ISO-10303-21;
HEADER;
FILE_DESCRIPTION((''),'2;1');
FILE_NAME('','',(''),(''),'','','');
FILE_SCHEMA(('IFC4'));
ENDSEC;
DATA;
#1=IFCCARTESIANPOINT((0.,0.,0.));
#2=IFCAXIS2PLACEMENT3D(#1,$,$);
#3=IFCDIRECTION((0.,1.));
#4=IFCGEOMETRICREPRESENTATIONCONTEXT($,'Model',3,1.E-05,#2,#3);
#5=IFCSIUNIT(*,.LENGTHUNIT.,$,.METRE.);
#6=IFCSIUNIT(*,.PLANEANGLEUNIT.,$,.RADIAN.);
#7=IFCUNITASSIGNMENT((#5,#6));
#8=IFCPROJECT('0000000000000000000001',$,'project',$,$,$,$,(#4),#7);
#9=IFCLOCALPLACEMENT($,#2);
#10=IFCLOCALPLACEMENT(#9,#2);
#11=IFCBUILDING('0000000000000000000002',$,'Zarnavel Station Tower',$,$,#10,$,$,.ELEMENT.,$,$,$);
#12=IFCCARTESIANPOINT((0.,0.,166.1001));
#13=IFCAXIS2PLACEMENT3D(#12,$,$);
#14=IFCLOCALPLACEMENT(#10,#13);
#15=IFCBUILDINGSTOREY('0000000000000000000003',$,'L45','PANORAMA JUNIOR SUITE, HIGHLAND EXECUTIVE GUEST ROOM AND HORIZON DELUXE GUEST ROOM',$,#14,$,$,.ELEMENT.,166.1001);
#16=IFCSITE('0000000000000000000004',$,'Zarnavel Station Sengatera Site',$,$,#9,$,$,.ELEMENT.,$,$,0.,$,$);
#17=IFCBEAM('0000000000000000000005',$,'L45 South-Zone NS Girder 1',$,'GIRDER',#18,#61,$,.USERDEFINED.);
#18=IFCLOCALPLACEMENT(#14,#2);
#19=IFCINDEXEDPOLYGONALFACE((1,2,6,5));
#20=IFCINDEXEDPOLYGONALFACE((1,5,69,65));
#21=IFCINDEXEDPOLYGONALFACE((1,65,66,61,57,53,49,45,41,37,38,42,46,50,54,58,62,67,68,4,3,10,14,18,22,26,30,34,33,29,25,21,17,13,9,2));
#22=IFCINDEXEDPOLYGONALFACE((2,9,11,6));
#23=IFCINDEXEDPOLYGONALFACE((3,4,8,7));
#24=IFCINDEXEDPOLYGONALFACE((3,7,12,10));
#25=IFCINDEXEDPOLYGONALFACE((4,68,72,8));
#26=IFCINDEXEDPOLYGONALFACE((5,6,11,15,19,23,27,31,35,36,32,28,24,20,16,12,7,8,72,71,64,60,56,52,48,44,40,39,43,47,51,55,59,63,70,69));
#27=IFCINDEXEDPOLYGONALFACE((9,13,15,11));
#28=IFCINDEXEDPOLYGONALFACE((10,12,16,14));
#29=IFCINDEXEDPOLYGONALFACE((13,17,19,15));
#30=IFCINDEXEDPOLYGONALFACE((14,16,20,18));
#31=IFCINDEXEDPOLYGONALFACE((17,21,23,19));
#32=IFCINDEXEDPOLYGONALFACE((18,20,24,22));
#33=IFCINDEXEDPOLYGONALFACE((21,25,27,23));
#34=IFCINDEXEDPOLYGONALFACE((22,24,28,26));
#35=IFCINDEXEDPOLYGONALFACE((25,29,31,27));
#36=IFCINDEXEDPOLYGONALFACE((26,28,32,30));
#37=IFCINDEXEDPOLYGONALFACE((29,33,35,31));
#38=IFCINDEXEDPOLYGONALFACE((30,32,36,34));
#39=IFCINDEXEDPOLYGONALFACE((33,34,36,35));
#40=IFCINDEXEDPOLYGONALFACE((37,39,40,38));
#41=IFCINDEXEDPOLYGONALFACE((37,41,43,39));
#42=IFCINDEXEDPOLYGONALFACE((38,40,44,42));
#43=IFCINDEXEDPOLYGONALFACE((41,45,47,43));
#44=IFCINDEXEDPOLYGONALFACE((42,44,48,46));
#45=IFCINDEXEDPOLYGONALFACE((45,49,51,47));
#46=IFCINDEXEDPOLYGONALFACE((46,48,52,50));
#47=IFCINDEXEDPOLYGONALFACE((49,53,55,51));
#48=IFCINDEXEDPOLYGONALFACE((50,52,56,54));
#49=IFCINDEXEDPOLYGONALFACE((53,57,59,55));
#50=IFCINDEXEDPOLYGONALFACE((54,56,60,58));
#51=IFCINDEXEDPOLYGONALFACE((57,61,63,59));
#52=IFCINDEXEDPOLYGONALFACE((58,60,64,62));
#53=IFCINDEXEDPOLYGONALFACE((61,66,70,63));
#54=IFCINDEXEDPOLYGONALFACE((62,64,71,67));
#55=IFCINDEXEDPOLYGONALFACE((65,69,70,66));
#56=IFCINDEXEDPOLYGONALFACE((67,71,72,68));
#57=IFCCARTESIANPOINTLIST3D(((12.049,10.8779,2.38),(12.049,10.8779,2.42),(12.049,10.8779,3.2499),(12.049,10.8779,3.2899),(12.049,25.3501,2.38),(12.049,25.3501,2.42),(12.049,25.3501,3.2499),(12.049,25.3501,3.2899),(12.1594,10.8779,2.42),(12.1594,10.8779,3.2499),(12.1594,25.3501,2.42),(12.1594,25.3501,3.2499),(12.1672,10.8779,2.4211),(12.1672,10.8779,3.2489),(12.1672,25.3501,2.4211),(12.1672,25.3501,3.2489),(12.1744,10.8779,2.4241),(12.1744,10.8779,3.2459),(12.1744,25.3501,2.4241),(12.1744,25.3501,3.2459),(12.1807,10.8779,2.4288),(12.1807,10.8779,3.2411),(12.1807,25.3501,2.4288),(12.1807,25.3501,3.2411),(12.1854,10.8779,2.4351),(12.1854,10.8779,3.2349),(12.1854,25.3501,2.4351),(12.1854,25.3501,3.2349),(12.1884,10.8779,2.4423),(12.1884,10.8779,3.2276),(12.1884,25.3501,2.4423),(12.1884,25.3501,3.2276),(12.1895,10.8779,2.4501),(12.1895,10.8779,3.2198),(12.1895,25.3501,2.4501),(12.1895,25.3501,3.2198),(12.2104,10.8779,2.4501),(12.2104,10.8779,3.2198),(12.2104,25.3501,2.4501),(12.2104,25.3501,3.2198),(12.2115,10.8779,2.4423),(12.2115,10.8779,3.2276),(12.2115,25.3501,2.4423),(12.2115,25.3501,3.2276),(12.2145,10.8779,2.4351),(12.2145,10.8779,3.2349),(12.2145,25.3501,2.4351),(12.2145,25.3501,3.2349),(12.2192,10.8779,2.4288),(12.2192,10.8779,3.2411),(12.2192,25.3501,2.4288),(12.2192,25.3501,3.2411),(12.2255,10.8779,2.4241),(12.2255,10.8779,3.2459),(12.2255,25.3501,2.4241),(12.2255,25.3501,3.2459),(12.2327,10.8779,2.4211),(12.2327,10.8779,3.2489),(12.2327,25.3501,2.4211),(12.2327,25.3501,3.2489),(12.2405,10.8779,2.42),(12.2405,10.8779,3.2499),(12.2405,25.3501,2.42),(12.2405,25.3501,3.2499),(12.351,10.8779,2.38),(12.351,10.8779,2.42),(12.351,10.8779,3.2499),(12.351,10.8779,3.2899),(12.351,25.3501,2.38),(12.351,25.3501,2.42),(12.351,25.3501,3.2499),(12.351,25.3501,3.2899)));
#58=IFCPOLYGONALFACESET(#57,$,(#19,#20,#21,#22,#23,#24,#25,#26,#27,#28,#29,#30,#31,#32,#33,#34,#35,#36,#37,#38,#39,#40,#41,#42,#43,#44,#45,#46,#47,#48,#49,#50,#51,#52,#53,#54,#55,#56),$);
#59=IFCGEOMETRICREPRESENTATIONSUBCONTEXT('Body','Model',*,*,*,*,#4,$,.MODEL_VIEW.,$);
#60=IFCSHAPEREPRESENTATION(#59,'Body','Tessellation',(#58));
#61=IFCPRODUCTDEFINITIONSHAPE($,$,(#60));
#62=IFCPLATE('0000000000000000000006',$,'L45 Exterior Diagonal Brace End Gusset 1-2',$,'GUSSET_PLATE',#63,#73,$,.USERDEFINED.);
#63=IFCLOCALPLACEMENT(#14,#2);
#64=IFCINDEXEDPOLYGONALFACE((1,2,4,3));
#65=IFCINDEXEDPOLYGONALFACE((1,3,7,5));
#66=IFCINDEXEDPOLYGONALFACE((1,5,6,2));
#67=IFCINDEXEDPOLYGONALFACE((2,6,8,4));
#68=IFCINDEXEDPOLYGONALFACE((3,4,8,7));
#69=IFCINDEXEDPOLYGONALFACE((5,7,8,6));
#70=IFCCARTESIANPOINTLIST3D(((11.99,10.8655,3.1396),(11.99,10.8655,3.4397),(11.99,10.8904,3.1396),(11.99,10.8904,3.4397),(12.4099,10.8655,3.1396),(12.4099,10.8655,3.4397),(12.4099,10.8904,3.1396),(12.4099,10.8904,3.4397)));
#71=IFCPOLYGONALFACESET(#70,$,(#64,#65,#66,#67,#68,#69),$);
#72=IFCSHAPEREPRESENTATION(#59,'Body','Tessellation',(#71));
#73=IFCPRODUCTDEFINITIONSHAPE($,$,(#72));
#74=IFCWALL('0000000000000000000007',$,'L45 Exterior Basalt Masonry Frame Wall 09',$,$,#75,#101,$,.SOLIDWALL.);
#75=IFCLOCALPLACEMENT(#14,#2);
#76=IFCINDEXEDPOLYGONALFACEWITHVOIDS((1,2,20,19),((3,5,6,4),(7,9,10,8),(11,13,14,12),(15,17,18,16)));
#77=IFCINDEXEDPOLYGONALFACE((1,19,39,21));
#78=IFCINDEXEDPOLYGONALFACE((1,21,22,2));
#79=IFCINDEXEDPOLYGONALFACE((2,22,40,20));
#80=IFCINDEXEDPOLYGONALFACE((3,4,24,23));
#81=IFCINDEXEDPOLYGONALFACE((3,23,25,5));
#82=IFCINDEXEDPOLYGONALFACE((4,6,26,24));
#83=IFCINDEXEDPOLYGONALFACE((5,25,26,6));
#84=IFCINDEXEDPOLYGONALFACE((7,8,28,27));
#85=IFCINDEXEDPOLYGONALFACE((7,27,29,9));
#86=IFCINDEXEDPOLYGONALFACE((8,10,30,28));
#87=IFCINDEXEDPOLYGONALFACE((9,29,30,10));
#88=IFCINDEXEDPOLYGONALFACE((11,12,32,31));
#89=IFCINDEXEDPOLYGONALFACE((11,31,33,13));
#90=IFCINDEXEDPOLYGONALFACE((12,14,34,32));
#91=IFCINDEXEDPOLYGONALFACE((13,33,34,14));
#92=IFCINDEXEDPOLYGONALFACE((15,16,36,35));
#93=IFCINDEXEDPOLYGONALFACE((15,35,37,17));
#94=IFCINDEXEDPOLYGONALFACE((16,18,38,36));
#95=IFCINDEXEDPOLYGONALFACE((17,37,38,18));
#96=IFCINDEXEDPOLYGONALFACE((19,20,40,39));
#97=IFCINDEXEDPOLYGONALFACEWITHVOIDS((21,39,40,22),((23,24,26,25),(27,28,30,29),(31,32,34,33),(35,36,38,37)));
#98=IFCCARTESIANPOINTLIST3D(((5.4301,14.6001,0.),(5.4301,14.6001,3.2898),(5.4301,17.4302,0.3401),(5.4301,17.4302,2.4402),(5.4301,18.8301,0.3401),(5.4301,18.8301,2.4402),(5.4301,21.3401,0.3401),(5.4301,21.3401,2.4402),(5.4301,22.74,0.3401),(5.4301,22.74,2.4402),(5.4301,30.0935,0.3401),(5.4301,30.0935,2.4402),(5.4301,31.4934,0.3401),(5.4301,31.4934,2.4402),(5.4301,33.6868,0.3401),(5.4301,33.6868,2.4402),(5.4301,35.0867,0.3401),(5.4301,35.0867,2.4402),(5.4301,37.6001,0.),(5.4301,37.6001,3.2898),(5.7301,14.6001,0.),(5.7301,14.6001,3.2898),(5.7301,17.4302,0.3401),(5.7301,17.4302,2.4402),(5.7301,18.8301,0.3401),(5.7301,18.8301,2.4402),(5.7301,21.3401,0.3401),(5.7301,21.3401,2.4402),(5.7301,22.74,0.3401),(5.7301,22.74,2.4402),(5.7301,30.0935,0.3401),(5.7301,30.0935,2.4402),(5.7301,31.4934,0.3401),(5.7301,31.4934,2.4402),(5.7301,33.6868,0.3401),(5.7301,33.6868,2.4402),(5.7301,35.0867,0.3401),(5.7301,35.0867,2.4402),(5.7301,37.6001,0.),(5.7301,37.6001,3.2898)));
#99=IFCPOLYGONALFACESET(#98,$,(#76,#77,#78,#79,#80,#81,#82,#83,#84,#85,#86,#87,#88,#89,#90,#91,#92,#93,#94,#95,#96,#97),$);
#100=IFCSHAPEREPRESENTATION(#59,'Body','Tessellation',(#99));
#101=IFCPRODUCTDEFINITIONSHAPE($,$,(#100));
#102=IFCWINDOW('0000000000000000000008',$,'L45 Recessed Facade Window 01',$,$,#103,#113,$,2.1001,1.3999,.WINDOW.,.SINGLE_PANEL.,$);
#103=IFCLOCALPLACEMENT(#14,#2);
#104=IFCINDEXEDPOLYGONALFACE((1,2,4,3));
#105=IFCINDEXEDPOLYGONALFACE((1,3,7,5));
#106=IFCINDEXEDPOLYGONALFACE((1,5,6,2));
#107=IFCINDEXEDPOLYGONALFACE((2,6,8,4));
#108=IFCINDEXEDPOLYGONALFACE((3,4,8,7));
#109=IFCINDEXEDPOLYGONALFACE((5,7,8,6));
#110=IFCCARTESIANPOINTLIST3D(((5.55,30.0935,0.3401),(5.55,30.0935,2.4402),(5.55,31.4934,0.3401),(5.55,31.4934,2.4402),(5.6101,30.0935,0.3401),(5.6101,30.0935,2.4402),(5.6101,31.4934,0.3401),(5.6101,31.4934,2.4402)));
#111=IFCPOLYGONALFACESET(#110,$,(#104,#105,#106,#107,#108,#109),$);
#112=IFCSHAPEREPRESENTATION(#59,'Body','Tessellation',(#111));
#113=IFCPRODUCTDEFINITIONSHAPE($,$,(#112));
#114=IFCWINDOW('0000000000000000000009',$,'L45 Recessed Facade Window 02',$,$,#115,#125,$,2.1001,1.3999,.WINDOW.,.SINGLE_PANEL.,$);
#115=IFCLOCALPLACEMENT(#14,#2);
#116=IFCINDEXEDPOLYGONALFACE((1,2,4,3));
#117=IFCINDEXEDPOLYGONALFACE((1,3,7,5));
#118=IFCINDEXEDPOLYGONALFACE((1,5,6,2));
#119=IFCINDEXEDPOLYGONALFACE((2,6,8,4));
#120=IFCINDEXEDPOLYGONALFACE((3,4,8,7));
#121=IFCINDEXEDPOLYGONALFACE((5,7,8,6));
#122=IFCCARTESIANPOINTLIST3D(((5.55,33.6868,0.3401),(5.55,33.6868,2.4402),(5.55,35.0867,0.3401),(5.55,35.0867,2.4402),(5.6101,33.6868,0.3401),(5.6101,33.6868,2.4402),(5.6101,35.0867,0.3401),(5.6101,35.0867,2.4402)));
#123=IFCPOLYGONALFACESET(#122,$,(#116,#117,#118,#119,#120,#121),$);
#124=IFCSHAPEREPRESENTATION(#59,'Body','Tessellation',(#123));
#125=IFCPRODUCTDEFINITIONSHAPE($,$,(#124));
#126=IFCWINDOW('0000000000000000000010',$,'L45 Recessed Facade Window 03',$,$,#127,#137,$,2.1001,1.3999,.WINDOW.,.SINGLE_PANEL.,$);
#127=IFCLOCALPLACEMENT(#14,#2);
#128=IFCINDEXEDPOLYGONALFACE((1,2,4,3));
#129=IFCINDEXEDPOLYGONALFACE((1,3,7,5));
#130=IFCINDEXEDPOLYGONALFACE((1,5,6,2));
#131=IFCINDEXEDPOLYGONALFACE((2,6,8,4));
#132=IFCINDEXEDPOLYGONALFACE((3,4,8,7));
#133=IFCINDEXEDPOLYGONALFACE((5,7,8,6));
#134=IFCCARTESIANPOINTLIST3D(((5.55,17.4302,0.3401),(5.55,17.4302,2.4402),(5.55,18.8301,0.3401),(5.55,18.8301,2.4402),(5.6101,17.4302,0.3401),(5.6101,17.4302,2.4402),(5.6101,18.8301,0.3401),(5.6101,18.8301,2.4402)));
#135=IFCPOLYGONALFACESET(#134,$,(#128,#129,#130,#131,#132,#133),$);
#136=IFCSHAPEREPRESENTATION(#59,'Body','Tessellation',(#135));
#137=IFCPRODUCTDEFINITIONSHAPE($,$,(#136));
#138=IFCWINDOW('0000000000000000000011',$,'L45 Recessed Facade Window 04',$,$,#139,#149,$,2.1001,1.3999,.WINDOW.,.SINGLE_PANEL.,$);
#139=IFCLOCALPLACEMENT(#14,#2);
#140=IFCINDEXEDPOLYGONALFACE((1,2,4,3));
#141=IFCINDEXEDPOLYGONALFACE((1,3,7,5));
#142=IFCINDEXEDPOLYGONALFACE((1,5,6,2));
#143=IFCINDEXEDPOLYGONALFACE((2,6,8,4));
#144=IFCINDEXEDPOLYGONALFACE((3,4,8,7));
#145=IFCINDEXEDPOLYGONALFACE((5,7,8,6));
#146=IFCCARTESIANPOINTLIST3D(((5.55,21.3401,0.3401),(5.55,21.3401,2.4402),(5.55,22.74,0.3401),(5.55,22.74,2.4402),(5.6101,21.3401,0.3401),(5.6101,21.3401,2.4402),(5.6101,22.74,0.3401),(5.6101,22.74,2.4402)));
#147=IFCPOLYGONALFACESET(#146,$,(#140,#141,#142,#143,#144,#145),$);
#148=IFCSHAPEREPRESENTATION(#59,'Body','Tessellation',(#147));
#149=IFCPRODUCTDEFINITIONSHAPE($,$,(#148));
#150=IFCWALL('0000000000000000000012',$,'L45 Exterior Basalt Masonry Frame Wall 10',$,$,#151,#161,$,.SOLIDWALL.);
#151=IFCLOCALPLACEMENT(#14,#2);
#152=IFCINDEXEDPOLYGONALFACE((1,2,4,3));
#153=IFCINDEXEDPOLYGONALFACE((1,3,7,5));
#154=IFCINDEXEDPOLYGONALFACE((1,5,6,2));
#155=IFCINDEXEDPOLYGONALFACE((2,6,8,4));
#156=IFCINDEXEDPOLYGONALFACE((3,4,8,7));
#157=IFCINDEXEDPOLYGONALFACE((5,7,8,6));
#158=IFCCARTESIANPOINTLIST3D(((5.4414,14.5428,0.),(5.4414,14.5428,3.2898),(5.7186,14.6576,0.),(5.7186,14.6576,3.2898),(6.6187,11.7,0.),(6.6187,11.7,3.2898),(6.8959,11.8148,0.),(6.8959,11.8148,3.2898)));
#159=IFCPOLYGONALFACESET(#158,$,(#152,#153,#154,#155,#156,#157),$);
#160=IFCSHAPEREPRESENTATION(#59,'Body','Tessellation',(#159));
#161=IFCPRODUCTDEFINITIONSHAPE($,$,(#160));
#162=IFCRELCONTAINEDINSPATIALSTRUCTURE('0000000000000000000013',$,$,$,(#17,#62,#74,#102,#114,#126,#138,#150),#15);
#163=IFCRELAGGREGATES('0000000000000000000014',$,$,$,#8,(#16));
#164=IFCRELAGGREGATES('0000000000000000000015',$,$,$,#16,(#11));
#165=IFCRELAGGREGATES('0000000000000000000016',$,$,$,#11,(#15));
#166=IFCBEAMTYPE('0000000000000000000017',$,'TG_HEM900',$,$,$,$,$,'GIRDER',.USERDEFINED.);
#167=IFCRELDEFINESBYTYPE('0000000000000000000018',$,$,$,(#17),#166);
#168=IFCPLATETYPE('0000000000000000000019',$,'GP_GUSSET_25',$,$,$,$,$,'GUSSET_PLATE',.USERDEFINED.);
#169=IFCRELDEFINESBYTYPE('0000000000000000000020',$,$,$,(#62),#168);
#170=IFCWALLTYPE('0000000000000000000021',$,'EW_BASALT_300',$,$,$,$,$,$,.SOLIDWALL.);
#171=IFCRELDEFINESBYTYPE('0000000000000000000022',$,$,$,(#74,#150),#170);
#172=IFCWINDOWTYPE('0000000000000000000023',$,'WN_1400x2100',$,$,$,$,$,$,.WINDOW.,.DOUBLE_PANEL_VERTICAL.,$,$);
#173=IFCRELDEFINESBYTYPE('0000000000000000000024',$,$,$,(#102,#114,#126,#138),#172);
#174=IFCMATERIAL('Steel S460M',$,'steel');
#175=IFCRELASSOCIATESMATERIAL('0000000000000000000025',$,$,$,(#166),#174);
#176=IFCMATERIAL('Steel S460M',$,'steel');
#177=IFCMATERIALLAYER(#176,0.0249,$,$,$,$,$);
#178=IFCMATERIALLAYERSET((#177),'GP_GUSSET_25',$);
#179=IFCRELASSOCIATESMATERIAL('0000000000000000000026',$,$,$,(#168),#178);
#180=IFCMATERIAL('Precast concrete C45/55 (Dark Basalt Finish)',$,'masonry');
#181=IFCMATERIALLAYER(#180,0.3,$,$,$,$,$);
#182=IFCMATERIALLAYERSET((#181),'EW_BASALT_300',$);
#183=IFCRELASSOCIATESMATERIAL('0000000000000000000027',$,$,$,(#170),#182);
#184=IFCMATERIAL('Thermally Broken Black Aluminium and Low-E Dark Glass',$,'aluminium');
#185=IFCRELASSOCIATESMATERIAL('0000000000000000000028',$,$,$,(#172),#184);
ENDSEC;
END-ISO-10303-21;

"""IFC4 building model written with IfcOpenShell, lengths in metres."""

from ifc_helpers import new_model, si_unit, direction, frame, frame_2d, origin, origin_2d, place, context, subcontext, project, spatial, rectangle, i_section, extrude, material, layer, layer_set, material_profile, profile_set, type_object, element, fill, save


model = new_model("IFC4")

# Units and contexts
model_context = context("Model", 3, precision=1e-05, world=origin(), true_north=direction((0.0, 1.0)))
body_context = subcontext(model_context, "Body", "Model", "MODEL_VIEW")
ifc_project = project(units=[si_unit("LENGTHUNIT", "METRE"), si_unit("PLANEANGLEUNIT", "RADIAN")], contexts=[model_context])

# Site, building, storey
site_placement = place(None, origin())
site = spatial("IfcSite", under=ifc_project, at=site_placement, Name="Zarnavel Station Sengatera Site", CompositionType="ELEMENT", RefElevation=0.0)
building_placement = place(site_placement, origin())
building = spatial("IfcBuilding", under=site, at=building_placement, Name="Zarnavel Station Tower", CompositionType="ELEMENT")
storey_placement = place(building_placement, frame((0.0, 0.0, 166.1001)))
storey = spatial("IfcBuildingStorey", under=building, at=storey_placement, Name="L45", Description="PANORAMA JUNIOR SUITE, HIGHLAND EXECUTIVE GUEST ROOM AND HORIZON DELUXE GUEST ROOM", CompositionType="ELEMENT", Elevation=166.1001)

# Beam
ifc_material_1 = material(Name="Steel S460M", Category="steel")
ifc_material_profile_1 = material_profile(ifc_material_1, i_section(OverallWidth=0.302, OverallDepth=0.9099, WebThickness=0.021, FlangeThickness=0.04, FilletRadius=0.03, at=origin_2d()), Name="HEM900")
ifc_profile_set_1 = profile_set([ifc_material_profile_1], Name="Steel S460M")
beam_type_1 = type_object("IfcBeamType", Name="TG_HEM900", ElementType="GIRDER", PredefinedType="USERDEFINED", material=ifc_profile_set_1)
beam_1_placement = place(storey_placement, frame((12.2, 10.8779, 2.835), z_axis=(0.0, 1.0, 0.0), x_axis=(-1.0, 0.0, 0.0)))
element("IfcBeam", 1, at=beam_1_placement, inside=storey, type_object=beam_type_1, Name="L45 South-Zone NS Girder 1", ObjectType="GIRDER", PredefinedType="USERDEFINED", context=body_context, shape_type="SweptSolid", body=[
    extrude(i_section(OverallWidth=0.302, OverallDepth=0.9099, WebThickness=0.021, FlangeThickness=0.04, FilletRadius=0.03, at=origin_2d()), origin(), (0.0, 0.0, 1.0), 14.4722),
])

# Plate
ifc_material_2 = material(Name="Steel S460M", Category="steel")
ifc_layer_1 = layer(ifc_material_2, 0.0249)
ifc_layer_set_1 = layer_set([ifc_layer_1], Name="GP_GUSSET_25")
plate_type = type_object("IfcPlateType", Name="GP_GUSSET_25", ElementType="GUSSET_PLATE", PredefinedType="USERDEFINED", material=ifc_layer_set_1)
plate_placement = place(storey_placement, frame((12.2, 10.8779, 3.1396), z_axis=(0.0, 0.0, 1.0), x_axis=(1.0, 0.0, 0.0)))
element("IfcPlate", 2, at=plate_placement, inside=storey, type_object=plate_type, Name="L45 Exterior Diagonal Brace End Gusset 1-2", ObjectType="GUSSET_PLATE", PredefinedType="USERDEFINED", context=body_context, shape_type="SweptSolid", body=[
    extrude(rectangle(XDim=0.4199, YDim=0.0249, at=origin_2d()), origin(), (0.0, 0.0, 1.0), 0.3),
])

# Wall, openings, windows
ifc_material_3 = material(Name="Precast concrete C45/55 (Dark Basalt Finish)", Category="masonry")
ifc_layer_2 = layer(ifc_material_3, 0.3)
ifc_layer_set_2 = layer_set([ifc_layer_2], Name="EW_BASALT_300")
wall_type_1 = type_object("IfcWallType", Name="EW_BASALT_300", PredefinedType="SOLIDWALL", material=ifc_layer_set_2)
wall_1_placement = place(storey_placement, frame((5.5801, 14.6001, 0.0), z_axis=(0.0, 0.0, 1.0), x_axis=(0.0, 1.0, 0.0)))
wall_1 = element("IfcWall", 3, at=wall_1_placement, inside=storey, type_object=wall_type_1, Name="L45 Exterior Basalt Masonry Frame Wall 09", PredefinedType="SOLIDWALL", context=body_context, shape_type="SweptSolid", body=[
    extrude(rectangle(XDim=23.0, YDim=0.3, at=frame_2d((11.5, 0.0))), origin(), (0.0, 0.0, 1.0), 3.2898),
])
opening_1_placement = place(wall_1_placement, frame((15.4934, 0.0, 0.3401)))
opening_1 = element("IfcOpeningElement", 4, at=opening_1_placement, cuts=wall_1, PredefinedType="OPENING", context=body_context, shape_type="SweptSolid", body=[
    extrude(rectangle(XDim=1.3999, YDim=2.1001, at=frame_2d((0.7, 1.05))), frame((0.0, 0.1599, 0.0), z_axis=(0.0, -1.0, 0.0), x_axis=(1.0, 0.0, 0.0)), (0.0, 0.0, 1.0), 0.3201),
])
opening_2_placement = place(wall_1_placement, frame((19.0867, 0.0, 0.3401)))
opening_2 = element("IfcOpeningElement", 5, at=opening_2_placement, cuts=wall_1, PredefinedType="OPENING", context=body_context, shape_type="SweptSolid", body=[
    extrude(rectangle(XDim=1.3999, YDim=2.1001, at=frame_2d((0.7, 1.05))), frame((0.0, 0.1599, 0.0), z_axis=(0.0, -1.0, 0.0), x_axis=(1.0, 0.0, 0.0)), (0.0, 0.0, 1.0), 0.3201),
])
opening_3_placement = place(wall_1_placement, frame((2.8301, 0.0, 0.3401)))
opening_3 = element("IfcOpeningElement", 6, at=opening_3_placement, cuts=wall_1, PredefinedType="OPENING", context=body_context, shape_type="SweptSolid", body=[
    extrude(rectangle(XDim=1.3999, YDim=2.1001, at=frame_2d((0.7, 1.05))), frame((0.0, 0.1599, 0.0), z_axis=(0.0, -1.0, 0.0), x_axis=(1.0, 0.0, 0.0)), (0.0, 0.0, 1.0), 0.3201),
])
opening_4_placement = place(wall_1_placement, frame((6.74, 0.0, 0.3401)))
opening_4 = element("IfcOpeningElement", 7, at=opening_4_placement, cuts=wall_1, PredefinedType="OPENING", context=body_context, shape_type="SweptSolid", body=[
    extrude(rectangle(XDim=1.3999, YDim=2.1001, at=frame_2d((0.7, 1.05))), frame((0.0, 0.1599, 0.0), z_axis=(0.0, -1.0, 0.0), x_axis=(1.0, 0.0, 0.0)), (0.0, 0.0, 1.0), 0.3201),
])
ifc_material_4 = material(Name="Thermally Broken Black Aluminium and Low-E Dark Glass", Category="aluminium")
window_type = type_object("IfcWindowType", Name="WN_1400x2100", PartitioningType="DOUBLE_PANEL_VERTICAL", PredefinedType="WINDOW", material=ifc_material_4)
window_1_placement = place(opening_1_placement, origin())
window_1 = element("IfcWindow", 8, at=window_1_placement, inside=storey, type_object=window_type, Name="L45 Recessed Facade Window 01", OverallHeight=2.1001, OverallWidth=1.3999, PartitioningType="SINGLE_PANEL", PredefinedType="WINDOW", context=body_context, shape_type="SweptSolid", body=[
    extrude(rectangle(XDim=1.3999, YDim=2.1001, at=frame_2d((0.7, 1.05))), frame((0.0, 0.03, 0.0), z_axis=(0.0, -1.0, 0.0), x_axis=(1.0, 0.0, 0.0)), (0.0, 0.0, 1.0), 0.0601),
])
fill(opening_1, window_1)
window_2_placement = place(opening_2_placement, origin())
window_2 = element("IfcWindow", 9, at=window_2_placement, inside=storey, type_object=window_type, Name="L45 Recessed Facade Window 02", OverallHeight=2.1001, OverallWidth=1.3999, PartitioningType="SINGLE_PANEL", PredefinedType="WINDOW", context=body_context, shape_type="SweptSolid", body=[
    extrude(rectangle(XDim=1.3999, YDim=2.1001, at=frame_2d((0.7, 1.05))), frame((0.0, 0.03, 0.0), z_axis=(0.0, -1.0, 0.0), x_axis=(1.0, 0.0, 0.0)), (0.0, 0.0, 1.0), 0.0601),
])
fill(opening_2, window_2)
window_3_placement = place(opening_3_placement, origin())
window_3 = element("IfcWindow", 10, at=window_3_placement, inside=storey, type_object=window_type, Name="L45 Recessed Facade Window 03", OverallHeight=2.1001, OverallWidth=1.3999, PartitioningType="SINGLE_PANEL", PredefinedType="WINDOW", context=body_context, shape_type="SweptSolid", body=[
    extrude(rectangle(XDim=1.3999, YDim=2.1001, at=frame_2d((0.7, 1.05))), frame((0.0, 0.03, 0.0), z_axis=(0.0, -1.0, 0.0), x_axis=(1.0, 0.0, 0.0)), (0.0, 0.0, 1.0), 0.0601),
])
fill(opening_3, window_3)
window_4_placement = place(opening_4_placement, origin())
window_4 = element("IfcWindow", 11, at=window_4_placement, inside=storey, type_object=window_type, Name="L45 Recessed Facade Window 04", OverallHeight=2.1001, OverallWidth=1.3999, PartitioningType="SINGLE_PANEL", PredefinedType="WINDOW", context=body_context, shape_type="SweptSolid", body=[
    extrude(rectangle(XDim=1.3999, YDim=2.1001, at=frame_2d((0.7, 1.05))), frame((0.0, 0.03, 0.0), z_axis=(0.0, -1.0, 0.0), x_axis=(1.0, 0.0, 0.0)), (0.0, 0.0, 1.0), 0.0601),
])
fill(opening_4, window_4)

# Wall
wall_2_placement = place(storey_placement, frame((6.7573, 11.7573, 0.0), z_axis=(0.0, 0.0, 1.0), x_axis=(-0.382609, 0.92391, 0.0)))
element("IfcWall", 12, at=wall_2_placement, inside=storey, type_object=wall_type_1, Name="L45 Exterior Basalt Masonry Frame Wall 10", PredefinedType="SOLIDWALL", context=body_context, shape_type="SweptSolid", body=[
    extrude(rectangle(XDim=3.0769, YDim=0.3, at=frame_2d((1.5386, 0.0))), origin(), (0.0, 0.0, 1.0), 3.2898),
])

save(model, "model.ifc")
